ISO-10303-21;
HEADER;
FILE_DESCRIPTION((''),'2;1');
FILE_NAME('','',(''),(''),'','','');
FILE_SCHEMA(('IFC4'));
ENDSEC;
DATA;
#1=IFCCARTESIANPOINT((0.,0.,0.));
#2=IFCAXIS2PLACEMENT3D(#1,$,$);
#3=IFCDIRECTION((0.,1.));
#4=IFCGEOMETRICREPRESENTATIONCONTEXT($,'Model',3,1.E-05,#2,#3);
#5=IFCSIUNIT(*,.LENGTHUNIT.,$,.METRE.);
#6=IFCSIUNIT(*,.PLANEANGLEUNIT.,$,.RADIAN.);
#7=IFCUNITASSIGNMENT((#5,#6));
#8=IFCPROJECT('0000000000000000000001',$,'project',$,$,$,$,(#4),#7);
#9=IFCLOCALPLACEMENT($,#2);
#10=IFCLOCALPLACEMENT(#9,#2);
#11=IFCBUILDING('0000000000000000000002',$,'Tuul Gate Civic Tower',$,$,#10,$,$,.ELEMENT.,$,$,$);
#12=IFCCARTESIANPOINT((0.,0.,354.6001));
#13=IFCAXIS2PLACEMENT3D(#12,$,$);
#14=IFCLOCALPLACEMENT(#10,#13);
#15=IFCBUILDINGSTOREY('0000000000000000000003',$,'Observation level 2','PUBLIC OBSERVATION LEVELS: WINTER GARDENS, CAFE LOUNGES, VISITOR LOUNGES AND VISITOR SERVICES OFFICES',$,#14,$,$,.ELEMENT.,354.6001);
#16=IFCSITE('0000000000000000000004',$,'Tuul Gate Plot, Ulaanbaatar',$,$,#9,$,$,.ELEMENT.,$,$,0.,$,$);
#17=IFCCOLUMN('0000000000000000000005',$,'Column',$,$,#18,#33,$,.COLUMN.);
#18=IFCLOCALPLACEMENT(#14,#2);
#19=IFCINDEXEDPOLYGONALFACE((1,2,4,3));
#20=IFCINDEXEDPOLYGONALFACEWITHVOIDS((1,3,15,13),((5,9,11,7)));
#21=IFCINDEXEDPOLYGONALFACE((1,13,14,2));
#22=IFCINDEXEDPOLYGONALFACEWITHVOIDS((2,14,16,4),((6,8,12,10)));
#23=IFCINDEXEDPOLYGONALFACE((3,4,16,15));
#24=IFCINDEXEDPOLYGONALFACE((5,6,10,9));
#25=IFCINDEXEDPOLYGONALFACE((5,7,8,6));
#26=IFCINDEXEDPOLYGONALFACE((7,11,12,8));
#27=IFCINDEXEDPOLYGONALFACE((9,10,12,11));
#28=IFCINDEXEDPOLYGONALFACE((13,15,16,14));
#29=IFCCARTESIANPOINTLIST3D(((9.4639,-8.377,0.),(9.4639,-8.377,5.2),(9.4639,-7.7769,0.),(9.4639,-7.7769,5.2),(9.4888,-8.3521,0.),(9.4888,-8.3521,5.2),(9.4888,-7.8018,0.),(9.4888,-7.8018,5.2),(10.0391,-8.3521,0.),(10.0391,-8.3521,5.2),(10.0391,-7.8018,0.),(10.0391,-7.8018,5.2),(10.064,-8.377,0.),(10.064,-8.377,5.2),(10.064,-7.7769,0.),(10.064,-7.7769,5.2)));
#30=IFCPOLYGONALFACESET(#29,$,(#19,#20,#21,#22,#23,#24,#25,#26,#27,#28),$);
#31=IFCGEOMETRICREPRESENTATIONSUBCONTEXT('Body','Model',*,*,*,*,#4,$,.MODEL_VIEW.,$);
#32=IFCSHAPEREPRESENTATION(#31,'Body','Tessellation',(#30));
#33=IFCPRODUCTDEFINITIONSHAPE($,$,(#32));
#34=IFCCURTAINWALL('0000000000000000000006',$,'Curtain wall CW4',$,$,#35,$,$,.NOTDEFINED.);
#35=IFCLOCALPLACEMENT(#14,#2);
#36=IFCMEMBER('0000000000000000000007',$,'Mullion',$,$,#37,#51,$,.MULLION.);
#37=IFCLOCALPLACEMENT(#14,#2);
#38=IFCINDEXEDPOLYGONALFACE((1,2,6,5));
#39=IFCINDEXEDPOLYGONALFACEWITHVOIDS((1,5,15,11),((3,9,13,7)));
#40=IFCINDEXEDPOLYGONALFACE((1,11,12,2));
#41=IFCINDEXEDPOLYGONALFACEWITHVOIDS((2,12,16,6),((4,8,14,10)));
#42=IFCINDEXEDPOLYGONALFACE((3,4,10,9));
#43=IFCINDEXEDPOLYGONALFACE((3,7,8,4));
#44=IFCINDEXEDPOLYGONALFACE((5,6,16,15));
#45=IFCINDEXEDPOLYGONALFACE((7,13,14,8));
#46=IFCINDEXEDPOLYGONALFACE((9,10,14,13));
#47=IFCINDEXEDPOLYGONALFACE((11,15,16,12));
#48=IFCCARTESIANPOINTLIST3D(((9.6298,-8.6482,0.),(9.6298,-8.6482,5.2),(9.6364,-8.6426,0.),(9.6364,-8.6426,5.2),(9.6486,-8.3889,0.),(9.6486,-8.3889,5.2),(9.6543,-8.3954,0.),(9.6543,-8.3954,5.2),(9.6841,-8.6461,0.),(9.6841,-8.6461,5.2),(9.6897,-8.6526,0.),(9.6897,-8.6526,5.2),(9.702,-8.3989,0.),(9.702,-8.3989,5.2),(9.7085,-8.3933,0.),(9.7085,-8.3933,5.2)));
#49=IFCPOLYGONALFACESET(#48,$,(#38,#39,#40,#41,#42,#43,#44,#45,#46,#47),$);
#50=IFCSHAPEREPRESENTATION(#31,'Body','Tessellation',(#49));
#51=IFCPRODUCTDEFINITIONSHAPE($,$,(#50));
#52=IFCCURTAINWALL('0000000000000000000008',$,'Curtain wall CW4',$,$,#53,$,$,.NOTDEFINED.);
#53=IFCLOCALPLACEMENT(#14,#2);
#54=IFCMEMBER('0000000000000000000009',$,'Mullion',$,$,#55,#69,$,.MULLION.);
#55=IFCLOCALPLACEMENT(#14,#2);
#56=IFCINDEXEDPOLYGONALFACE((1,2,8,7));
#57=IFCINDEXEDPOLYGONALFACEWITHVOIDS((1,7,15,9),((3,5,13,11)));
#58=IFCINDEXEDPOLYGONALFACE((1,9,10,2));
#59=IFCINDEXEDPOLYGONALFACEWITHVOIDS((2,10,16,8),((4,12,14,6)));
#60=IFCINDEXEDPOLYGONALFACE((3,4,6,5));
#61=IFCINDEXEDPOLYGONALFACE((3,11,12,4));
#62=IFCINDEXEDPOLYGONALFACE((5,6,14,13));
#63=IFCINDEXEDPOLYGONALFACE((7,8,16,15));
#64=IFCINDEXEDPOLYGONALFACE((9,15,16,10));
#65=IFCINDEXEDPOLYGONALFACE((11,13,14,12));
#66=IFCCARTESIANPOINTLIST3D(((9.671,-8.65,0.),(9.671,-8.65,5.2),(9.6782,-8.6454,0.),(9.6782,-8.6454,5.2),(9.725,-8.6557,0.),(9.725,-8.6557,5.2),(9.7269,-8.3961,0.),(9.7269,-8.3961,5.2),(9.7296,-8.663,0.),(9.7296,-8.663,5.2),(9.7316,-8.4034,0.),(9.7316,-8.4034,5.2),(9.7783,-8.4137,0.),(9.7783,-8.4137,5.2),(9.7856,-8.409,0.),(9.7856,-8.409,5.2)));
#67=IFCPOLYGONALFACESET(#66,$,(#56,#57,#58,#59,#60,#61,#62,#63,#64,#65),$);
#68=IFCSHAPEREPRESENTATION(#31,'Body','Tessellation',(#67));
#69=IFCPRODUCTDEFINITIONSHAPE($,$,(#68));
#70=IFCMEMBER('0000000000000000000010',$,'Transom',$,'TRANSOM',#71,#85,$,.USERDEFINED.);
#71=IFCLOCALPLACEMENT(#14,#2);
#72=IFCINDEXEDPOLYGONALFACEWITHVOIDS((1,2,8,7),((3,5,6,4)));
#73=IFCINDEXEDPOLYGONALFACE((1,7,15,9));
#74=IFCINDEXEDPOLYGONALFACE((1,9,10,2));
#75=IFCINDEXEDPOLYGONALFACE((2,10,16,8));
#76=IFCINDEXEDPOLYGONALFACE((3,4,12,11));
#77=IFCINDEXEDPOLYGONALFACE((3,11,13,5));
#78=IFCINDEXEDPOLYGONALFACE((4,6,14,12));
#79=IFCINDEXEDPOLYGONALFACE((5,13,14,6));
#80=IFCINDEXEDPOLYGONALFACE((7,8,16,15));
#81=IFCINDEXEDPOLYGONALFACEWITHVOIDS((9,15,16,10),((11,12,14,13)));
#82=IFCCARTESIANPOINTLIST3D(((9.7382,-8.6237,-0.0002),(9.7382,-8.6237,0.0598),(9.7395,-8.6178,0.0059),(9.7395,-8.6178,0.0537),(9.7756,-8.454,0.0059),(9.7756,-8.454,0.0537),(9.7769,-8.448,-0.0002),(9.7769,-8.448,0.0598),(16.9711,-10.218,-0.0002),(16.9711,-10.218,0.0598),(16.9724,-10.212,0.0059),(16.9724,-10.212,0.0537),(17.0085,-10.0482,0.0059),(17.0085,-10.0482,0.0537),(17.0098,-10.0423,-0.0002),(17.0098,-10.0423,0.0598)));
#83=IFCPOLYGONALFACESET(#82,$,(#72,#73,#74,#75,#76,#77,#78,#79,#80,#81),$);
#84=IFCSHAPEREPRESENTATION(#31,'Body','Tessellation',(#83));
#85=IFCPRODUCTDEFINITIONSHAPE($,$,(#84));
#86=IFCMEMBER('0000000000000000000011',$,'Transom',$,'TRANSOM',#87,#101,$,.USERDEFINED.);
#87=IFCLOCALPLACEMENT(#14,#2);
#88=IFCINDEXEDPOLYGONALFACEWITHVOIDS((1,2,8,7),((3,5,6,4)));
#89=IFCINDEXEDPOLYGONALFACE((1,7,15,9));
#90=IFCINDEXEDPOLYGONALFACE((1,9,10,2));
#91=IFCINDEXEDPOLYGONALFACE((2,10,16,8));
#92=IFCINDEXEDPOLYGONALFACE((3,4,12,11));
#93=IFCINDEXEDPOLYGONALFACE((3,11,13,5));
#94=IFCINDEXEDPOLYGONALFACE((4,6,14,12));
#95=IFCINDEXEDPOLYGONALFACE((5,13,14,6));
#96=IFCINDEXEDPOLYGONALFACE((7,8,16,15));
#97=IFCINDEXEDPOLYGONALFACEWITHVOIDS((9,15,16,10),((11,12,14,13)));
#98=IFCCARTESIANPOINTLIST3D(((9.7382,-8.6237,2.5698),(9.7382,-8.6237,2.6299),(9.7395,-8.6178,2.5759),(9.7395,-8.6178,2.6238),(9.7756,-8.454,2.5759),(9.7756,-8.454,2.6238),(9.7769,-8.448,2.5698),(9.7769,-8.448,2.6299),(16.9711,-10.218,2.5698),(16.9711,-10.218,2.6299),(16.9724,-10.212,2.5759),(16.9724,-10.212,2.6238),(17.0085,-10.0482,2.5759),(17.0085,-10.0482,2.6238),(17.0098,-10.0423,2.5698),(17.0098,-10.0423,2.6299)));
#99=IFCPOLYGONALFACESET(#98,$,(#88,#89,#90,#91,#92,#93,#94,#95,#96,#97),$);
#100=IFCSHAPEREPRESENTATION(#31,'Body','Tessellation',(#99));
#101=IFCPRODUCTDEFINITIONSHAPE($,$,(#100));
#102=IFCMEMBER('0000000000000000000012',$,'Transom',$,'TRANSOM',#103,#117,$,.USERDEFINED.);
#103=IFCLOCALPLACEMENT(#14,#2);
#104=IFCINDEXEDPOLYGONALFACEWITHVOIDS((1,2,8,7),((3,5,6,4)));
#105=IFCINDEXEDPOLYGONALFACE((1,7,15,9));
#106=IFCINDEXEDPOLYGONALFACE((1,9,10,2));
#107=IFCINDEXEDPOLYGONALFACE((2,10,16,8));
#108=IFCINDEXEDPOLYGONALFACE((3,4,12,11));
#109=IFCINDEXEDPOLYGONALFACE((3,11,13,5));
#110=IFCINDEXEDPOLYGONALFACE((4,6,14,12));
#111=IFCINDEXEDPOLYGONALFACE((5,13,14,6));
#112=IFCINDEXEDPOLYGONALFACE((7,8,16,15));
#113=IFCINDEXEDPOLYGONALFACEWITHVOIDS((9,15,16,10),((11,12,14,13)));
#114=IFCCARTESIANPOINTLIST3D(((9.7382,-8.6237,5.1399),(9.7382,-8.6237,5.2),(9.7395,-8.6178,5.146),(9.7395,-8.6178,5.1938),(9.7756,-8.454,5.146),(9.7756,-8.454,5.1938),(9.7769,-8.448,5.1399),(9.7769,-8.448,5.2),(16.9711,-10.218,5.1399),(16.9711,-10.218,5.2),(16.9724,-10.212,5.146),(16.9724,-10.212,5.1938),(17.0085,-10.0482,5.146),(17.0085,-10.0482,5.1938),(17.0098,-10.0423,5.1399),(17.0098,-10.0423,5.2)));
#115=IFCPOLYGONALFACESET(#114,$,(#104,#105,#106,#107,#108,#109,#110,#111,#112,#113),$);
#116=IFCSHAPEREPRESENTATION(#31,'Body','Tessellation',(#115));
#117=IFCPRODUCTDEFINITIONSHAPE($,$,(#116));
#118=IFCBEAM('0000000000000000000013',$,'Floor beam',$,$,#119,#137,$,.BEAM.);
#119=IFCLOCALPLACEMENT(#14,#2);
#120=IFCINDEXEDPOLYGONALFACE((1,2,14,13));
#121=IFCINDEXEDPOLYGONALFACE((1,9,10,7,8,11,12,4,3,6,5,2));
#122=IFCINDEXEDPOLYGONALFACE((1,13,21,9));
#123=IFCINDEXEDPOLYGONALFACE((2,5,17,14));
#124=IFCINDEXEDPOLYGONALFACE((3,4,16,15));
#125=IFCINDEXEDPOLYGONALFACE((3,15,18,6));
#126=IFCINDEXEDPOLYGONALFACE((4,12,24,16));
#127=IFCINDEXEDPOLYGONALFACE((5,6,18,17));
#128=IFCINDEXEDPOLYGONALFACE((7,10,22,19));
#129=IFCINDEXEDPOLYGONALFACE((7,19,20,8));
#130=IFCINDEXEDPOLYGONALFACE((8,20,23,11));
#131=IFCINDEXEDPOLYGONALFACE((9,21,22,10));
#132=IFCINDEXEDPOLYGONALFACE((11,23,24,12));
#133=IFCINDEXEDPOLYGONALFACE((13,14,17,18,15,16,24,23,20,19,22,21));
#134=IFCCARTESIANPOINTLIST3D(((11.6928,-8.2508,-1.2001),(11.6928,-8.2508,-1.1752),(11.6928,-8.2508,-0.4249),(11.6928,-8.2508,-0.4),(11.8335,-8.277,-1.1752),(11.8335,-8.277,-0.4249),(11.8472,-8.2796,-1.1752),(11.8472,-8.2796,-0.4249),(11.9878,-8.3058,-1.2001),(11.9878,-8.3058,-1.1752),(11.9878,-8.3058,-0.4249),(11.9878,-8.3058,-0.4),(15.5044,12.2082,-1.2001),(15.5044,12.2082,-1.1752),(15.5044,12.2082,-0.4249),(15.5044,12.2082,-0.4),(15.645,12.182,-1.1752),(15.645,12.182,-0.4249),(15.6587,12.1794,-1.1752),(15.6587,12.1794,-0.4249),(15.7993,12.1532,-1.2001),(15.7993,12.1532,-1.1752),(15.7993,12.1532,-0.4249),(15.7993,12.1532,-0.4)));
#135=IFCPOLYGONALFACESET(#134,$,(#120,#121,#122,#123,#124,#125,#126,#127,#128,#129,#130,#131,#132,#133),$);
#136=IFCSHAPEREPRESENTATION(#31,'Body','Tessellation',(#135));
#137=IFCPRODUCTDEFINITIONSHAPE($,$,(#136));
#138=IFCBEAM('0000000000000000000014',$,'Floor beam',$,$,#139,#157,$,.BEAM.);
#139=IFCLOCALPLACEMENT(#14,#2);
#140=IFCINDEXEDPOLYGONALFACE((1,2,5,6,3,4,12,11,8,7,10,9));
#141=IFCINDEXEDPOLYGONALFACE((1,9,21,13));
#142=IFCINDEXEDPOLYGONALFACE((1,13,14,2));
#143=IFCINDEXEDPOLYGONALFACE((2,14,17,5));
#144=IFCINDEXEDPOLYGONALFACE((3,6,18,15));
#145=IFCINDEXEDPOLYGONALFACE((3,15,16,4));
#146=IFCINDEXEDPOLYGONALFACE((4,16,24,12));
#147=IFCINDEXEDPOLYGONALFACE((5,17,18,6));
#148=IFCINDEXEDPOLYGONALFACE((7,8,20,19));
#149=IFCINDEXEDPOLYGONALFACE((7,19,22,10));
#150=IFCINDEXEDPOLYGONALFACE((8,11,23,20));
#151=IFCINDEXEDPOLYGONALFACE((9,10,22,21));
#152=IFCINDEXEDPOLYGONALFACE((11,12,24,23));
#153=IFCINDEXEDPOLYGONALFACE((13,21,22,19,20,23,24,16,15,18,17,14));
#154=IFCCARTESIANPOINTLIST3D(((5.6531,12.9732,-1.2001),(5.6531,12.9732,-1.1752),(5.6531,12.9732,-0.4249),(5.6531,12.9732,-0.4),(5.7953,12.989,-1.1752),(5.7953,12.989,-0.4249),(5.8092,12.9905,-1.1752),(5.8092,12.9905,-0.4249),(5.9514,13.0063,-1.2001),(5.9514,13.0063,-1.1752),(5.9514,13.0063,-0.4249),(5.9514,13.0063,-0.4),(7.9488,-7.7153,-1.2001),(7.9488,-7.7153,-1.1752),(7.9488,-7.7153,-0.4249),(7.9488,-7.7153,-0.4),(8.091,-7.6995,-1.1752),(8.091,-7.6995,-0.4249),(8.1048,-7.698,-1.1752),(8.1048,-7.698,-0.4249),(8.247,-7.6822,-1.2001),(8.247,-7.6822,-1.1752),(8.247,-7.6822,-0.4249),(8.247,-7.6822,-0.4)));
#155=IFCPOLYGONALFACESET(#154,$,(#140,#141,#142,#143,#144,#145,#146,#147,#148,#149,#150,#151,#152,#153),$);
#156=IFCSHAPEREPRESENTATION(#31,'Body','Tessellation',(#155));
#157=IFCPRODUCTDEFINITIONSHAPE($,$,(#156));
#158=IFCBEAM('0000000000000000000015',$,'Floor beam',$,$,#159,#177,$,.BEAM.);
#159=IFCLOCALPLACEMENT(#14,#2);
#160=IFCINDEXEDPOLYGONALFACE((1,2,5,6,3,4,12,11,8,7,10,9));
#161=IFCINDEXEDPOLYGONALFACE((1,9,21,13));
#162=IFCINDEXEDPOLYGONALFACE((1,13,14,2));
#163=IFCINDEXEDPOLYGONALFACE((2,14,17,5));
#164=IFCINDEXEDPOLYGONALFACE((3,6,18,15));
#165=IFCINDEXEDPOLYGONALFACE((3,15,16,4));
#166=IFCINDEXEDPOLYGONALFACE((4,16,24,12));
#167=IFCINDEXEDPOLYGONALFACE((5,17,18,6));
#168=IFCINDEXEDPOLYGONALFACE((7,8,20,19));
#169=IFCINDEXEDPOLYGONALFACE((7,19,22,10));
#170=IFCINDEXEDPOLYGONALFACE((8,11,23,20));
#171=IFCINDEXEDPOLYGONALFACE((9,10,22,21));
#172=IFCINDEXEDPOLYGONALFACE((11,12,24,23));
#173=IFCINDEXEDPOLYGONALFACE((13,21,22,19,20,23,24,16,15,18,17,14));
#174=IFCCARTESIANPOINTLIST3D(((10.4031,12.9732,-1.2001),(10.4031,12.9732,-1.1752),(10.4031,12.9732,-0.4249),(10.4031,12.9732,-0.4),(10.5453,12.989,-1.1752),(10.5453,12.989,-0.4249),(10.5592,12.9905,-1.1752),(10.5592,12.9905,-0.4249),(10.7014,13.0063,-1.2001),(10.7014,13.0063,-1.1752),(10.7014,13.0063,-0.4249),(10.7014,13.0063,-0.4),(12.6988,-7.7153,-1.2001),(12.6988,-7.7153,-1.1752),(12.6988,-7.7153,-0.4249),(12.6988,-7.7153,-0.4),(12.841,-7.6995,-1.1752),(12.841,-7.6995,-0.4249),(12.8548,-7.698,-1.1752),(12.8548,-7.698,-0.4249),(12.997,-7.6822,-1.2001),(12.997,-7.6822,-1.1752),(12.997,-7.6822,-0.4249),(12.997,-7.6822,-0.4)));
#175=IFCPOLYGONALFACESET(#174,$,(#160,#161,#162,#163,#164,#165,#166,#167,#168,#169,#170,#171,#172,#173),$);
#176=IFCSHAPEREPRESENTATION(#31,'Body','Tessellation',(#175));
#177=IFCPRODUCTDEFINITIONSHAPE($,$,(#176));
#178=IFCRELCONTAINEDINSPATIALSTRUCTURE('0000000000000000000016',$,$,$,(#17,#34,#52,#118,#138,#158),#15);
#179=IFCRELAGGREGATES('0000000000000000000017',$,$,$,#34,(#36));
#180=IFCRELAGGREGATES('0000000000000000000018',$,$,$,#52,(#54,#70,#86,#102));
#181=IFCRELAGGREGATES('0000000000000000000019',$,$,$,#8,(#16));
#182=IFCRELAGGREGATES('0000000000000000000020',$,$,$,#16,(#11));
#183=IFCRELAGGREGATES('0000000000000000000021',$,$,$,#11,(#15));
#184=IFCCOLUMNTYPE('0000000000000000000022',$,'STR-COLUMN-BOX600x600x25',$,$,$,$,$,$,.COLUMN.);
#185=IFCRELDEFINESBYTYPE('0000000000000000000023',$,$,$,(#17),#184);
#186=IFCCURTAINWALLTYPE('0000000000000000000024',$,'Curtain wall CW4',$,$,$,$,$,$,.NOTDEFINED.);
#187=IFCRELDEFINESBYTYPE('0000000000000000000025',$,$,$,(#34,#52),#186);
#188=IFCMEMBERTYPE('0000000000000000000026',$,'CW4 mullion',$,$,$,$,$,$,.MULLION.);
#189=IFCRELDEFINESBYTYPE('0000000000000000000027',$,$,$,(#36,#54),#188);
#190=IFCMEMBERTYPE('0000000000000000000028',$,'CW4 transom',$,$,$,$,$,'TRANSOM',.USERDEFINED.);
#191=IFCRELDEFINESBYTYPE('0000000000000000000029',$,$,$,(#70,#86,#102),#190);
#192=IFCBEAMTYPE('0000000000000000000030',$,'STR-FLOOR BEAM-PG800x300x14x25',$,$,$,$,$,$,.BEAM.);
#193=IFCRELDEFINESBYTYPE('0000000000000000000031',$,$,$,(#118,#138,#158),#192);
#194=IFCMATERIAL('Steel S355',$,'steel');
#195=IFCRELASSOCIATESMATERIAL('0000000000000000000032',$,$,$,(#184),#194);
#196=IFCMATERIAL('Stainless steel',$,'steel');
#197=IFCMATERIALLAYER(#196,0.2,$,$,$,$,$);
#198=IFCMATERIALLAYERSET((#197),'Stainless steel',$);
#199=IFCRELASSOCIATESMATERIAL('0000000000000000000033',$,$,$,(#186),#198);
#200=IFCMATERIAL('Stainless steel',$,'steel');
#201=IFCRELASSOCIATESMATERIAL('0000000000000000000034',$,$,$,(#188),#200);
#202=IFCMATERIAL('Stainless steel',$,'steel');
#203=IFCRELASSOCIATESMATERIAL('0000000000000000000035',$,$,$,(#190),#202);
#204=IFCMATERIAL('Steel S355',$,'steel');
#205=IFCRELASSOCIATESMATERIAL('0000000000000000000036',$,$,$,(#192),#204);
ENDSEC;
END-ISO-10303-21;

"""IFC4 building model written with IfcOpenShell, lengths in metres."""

from ifc_helpers import new_model, si_unit, direction, frame, origin, origin_2d, place, context, subcontext, project, spatial, hollow_rectangle, i_section, extrude, material, layer, layer_set, material_profile, profile_set, type_object, element, aggregate, save


model = new_model("IFC4")

# Units and contexts
model_context = context("Model", 3, precision=1e-05, world=origin(), true_north=direction((0.0, 1.0)))
body_context = subcontext(model_context, "Body", "Model", "MODEL_VIEW")
ifc_project = project(units=[si_unit("LENGTHUNIT", "METRE"), si_unit("PLANEANGLEUNIT", "RADIAN")], contexts=[model_context])

# Site, building, storey
site_placement = place(None, origin())
site = spatial("IfcSite", under=ifc_project, at=site_placement, Name="Tuul Gate Plot, Ulaanbaatar", CompositionType="ELEMENT", RefElevation=0.0)
building_placement = place(site_placement, origin())
building = spatial("IfcBuilding", under=site, at=building_placement, Name="Tuul Gate Civic Tower", CompositionType="ELEMENT")
storey_placement = place(building_placement, frame((0.0, 0.0, 354.6001)))
storey = spatial("IfcBuildingStorey", under=building, at=storey_placement, Name="Observation level 2", Description="PUBLIC OBSERVATION LEVELS: WINTER GARDENS, CAFE LOUNGES, VISITOR LOUNGES AND VISITOR SERVICES OFFICES", CompositionType="ELEMENT", Elevation=354.6001)

# Column
ifc_material_1 = material(Name="Steel S355", Category="steel")
ifc_material_profile_1 = material_profile(ifc_material_1, hollow_rectangle(XDim=0.6001, YDim=0.6001, WallThickness=0.0249, at=origin_2d()), Name="BOX600x600x25")
ifc_profile_set_1 = profile_set([ifc_material_profile_1], Name="Steel S355")
column_type = type_object("IfcColumnType", Name="STR-COLUMN-BOX600x600x25", PredefinedType="COLUMN", material=ifc_profile_set_1)
column_placement = place(storey_placement, frame((9.7639, -8.0769, 0.0), z_axis=(0.0, 0.0, 1.0), x_axis=(1.0, 0.0, 0.0)))
element("IfcColumn", 1, at=column_placement, inside=storey, type_object=column_type, Name="Column", PredefinedType="COLUMN", context=body_context, shape_type="SweptSolid", body=[
    extrude(hollow_rectangle(XDim=0.6001, YDim=0.6001, WallThickness=0.0249, at=origin_2d()), origin(), (0.0, 0.0, 1.0), 5.2),
])

# Curtain wall, member
ifc_material_2 = material(Name="Stainless steel", Category="steel")
ifc_layer_1 = layer(ifc_material_2, 0.2)
ifc_layer_set_1 = layer_set([ifc_layer_1], Name="Stainless steel")
curtain_wall_type = type_object("IfcCurtainWallType", Name="Curtain wall CW4", PredefinedType="NOTDEFINED", material=ifc_layer_set_1)
curtain_wall_1_placement = place(storey_placement, origin())
curtain_wall_1 = element("IfcCurtainWall", 2, at=curtain_wall_1_placement, inside=storey, type_object=curtain_wall_type, Name="Curtain wall CW4", PredefinedType="NOTDEFINED")
ifc_material_3 = material(Name="Stainless steel", Category="steel")
ifc_material_profile_2 = material_profile(ifc_material_3, hollow_rectangle(XDim=0.26, YDim=0.0601, WallThickness=0.0061, at=origin_2d()), Name="CW4 mullion")
ifc_profile_set_2 = profile_set([ifc_material_profile_2], Name="Stainless steel")
member_type_1 = type_object("IfcMemberType", Name="CW4 mullion", PredefinedType="MULLION", material=ifc_profile_set_2)
member_1_placement = place(storey_placement, frame((9.6692, -8.5208, 0.0), z_axis=(0.0, 0.0, 1.0), x_axis=(0.072276, 0.997385, 0.0)))
member_1 = element("IfcMember", 3, at=member_1_placement, type_object=member_type_1, Name="Mullion", PredefinedType="MULLION", context=body_context, shape_type="SweptSolid", body=[
    extrude(hollow_rectangle(XDim=0.26, YDim=0.0601, WallThickness=0.0061, at=origin_2d()), origin(), (0.0, 0.0, 1.0), 5.2),
])
aggregate(curtain_wall_1, [member_1])

# Curtain wall, members
curtain_wall_2_placement = place(storey_placement, origin())
curtain_wall_2 = element("IfcCurtainWall", 4, at=curtain_wall_2_placement, inside=storey, type_object=curtain_wall_type, Name="Curtain wall CW4", PredefinedType="NOTDEFINED")
member_2_placement = place(storey_placement, frame((9.7283, -8.5295, 0.0), z_axis=(0.0, 0.0, 1.0), x_axis=(0.215242, 0.976561, 0.0)))
member_2 = element("IfcMember", 5, at=member_2_placement, type_object=member_type_1, Name="Mullion", PredefinedType="MULLION", context=body_context, shape_type="SweptSolid", body=[
    extrude(hollow_rectangle(XDim=0.26, YDim=0.0601, WallThickness=0.0061, at=origin_2d()), origin(), (0.0, 0.0, 1.0), 5.2),
])
ifc_material_4 = material(Name="Stainless steel", Category="steel")
ifc_material_profile_3 = material_profile(ifc_material_4, hollow_rectangle(XDim=0.1799, YDim=0.0601, WallThickness=0.0061, at=origin_2d()), Name="CW4 transom")
ifc_profile_set_3 = profile_set([ifc_material_profile_3], Name="Stainless steel")
member_type_2 = type_object("IfcMemberType", Name="CW4 transom", ElementType="TRANSOM", PredefinedType="USERDEFINED", material=ifc_profile_set_3)
member_3_placement = place(storey_placement, frame((9.7576, -8.5359, 0.0298), z_axis=(0.976559, -0.215248, 0.0), x_axis=(0.215248, 0.976559, 0.0)))
member_3 = element("IfcMember", 6, at=member_3_placement, type_object=member_type_2, Name="Transom", ObjectType="TRANSOM", PredefinedType="USERDEFINED", context=body_context, shape_type="SweptSolid", body=[
    extrude(hollow_rectangle(XDim=0.1799, YDim=0.0601, WallThickness=0.0061, at=origin_2d()), origin(), (0.0, 0.0, 1.0), 7.4065),
])
member_4_placement = place(storey_placement, frame((9.7576, -8.5359, 2.5999), z_axis=(0.976559, -0.215248, 0.0), x_axis=(0.215248, 0.976559, 0.0)))
member_4 = element("IfcMember", 7, at=member_4_placement, type_object=member_type_2, Name="Transom", ObjectType="TRANSOM", PredefinedType="USERDEFINED", context=body_context, shape_type="SweptSolid", body=[
    extrude(hollow_rectangle(XDim=0.1799, YDim=0.0601, WallThickness=0.0061, at=origin_2d()), origin(), (0.0, 0.0, 1.0), 7.4065),
])
member_5_placement = place(storey_placement, frame((9.7576, -8.5359, 5.1699), z_axis=(0.976559, -0.215248, 0.0), x_axis=(0.215248, 0.976559, 0.0)))
member_5 = element("IfcMember", 8, at=member_5_placement, type_object=member_type_2, Name="Transom", ObjectType="TRANSOM", PredefinedType="USERDEFINED", context=body_context, shape_type="SweptSolid", body=[
    extrude(hollow_rectangle(XDim=0.1799, YDim=0.0601, WallThickness=0.0061, at=origin_2d()), origin(), (0.0, 0.0, 1.0), 7.4065),
])

# Beams
ifc_material_5 = material(Name="Steel S355", Category="steel")
ifc_material_profile_4 = material_profile(ifc_material_5, i_section(OverallWidth=0.3, OverallDepth=0.8, WebThickness=0.0139, FlangeThickness=0.0249, at=origin_2d()), Name="PG800x300x14x25")
ifc_profile_set_4 = profile_set([ifc_material_profile_4], Name="Steel S355")
beam_type_1 = type_object("IfcBeamType", Name="STR-FLOOR BEAM-PG800x300x14x25", PredefinedType="BEAM", material=ifc_profile_set_4)
beam_1_placement = place(storey_placement, frame((11.8403, -8.2783, -0.8), z_axis=(0.183149, 0.983085, 0.0), x_axis=(-0.983085, 0.183149, 0.0)))
element("IfcBeam", 9, at=beam_1_placement, inside=storey, type_object=beam_type_1, Name="Floor beam", PredefinedType="BEAM", context=body_context, shape_type="SweptSolid", body=[
    extrude(i_section(OverallWidth=0.3, OverallDepth=0.8, WebThickness=0.0139, FlangeThickness=0.0249, at=origin_2d()), origin(), (0.0, 0.0, 1.0), 20.811),
])
for number, where, z_axis, x_axis, name in (
    (10, (8.0979, -7.6987, -0.8), (-0.110286, 0.9939, 0.0), (-0.9939, -0.110286, 0.0), "Floor beam"),
    (11, (12.8479, -7.6987, -0.8), (-0.110286, 0.9939, 0.0), (-0.9939, -0.110286, 0.0), "Floor beam"),
):
    element("IfcBeam", number, at=place(storey_placement, frame(where, z_axis=z_axis, x_axis=x_axis)), inside=storey, type_object=beam_type_1, Name=name, PredefinedType="BEAM", context=body_context, shape_type="SweptSolid", body=[
        extrude(i_section(OverallWidth=0.3, OverallDepth=0.8, WebThickness=0.0139, FlangeThickness=0.0249, at=origin_2d()), origin(), (0.0, 0.0, 1.0), 20.8154),
    ])

aggregate(curtain_wall_2, [member_2, member_3, member_4, member_5])

save(model, "model.ifc")
